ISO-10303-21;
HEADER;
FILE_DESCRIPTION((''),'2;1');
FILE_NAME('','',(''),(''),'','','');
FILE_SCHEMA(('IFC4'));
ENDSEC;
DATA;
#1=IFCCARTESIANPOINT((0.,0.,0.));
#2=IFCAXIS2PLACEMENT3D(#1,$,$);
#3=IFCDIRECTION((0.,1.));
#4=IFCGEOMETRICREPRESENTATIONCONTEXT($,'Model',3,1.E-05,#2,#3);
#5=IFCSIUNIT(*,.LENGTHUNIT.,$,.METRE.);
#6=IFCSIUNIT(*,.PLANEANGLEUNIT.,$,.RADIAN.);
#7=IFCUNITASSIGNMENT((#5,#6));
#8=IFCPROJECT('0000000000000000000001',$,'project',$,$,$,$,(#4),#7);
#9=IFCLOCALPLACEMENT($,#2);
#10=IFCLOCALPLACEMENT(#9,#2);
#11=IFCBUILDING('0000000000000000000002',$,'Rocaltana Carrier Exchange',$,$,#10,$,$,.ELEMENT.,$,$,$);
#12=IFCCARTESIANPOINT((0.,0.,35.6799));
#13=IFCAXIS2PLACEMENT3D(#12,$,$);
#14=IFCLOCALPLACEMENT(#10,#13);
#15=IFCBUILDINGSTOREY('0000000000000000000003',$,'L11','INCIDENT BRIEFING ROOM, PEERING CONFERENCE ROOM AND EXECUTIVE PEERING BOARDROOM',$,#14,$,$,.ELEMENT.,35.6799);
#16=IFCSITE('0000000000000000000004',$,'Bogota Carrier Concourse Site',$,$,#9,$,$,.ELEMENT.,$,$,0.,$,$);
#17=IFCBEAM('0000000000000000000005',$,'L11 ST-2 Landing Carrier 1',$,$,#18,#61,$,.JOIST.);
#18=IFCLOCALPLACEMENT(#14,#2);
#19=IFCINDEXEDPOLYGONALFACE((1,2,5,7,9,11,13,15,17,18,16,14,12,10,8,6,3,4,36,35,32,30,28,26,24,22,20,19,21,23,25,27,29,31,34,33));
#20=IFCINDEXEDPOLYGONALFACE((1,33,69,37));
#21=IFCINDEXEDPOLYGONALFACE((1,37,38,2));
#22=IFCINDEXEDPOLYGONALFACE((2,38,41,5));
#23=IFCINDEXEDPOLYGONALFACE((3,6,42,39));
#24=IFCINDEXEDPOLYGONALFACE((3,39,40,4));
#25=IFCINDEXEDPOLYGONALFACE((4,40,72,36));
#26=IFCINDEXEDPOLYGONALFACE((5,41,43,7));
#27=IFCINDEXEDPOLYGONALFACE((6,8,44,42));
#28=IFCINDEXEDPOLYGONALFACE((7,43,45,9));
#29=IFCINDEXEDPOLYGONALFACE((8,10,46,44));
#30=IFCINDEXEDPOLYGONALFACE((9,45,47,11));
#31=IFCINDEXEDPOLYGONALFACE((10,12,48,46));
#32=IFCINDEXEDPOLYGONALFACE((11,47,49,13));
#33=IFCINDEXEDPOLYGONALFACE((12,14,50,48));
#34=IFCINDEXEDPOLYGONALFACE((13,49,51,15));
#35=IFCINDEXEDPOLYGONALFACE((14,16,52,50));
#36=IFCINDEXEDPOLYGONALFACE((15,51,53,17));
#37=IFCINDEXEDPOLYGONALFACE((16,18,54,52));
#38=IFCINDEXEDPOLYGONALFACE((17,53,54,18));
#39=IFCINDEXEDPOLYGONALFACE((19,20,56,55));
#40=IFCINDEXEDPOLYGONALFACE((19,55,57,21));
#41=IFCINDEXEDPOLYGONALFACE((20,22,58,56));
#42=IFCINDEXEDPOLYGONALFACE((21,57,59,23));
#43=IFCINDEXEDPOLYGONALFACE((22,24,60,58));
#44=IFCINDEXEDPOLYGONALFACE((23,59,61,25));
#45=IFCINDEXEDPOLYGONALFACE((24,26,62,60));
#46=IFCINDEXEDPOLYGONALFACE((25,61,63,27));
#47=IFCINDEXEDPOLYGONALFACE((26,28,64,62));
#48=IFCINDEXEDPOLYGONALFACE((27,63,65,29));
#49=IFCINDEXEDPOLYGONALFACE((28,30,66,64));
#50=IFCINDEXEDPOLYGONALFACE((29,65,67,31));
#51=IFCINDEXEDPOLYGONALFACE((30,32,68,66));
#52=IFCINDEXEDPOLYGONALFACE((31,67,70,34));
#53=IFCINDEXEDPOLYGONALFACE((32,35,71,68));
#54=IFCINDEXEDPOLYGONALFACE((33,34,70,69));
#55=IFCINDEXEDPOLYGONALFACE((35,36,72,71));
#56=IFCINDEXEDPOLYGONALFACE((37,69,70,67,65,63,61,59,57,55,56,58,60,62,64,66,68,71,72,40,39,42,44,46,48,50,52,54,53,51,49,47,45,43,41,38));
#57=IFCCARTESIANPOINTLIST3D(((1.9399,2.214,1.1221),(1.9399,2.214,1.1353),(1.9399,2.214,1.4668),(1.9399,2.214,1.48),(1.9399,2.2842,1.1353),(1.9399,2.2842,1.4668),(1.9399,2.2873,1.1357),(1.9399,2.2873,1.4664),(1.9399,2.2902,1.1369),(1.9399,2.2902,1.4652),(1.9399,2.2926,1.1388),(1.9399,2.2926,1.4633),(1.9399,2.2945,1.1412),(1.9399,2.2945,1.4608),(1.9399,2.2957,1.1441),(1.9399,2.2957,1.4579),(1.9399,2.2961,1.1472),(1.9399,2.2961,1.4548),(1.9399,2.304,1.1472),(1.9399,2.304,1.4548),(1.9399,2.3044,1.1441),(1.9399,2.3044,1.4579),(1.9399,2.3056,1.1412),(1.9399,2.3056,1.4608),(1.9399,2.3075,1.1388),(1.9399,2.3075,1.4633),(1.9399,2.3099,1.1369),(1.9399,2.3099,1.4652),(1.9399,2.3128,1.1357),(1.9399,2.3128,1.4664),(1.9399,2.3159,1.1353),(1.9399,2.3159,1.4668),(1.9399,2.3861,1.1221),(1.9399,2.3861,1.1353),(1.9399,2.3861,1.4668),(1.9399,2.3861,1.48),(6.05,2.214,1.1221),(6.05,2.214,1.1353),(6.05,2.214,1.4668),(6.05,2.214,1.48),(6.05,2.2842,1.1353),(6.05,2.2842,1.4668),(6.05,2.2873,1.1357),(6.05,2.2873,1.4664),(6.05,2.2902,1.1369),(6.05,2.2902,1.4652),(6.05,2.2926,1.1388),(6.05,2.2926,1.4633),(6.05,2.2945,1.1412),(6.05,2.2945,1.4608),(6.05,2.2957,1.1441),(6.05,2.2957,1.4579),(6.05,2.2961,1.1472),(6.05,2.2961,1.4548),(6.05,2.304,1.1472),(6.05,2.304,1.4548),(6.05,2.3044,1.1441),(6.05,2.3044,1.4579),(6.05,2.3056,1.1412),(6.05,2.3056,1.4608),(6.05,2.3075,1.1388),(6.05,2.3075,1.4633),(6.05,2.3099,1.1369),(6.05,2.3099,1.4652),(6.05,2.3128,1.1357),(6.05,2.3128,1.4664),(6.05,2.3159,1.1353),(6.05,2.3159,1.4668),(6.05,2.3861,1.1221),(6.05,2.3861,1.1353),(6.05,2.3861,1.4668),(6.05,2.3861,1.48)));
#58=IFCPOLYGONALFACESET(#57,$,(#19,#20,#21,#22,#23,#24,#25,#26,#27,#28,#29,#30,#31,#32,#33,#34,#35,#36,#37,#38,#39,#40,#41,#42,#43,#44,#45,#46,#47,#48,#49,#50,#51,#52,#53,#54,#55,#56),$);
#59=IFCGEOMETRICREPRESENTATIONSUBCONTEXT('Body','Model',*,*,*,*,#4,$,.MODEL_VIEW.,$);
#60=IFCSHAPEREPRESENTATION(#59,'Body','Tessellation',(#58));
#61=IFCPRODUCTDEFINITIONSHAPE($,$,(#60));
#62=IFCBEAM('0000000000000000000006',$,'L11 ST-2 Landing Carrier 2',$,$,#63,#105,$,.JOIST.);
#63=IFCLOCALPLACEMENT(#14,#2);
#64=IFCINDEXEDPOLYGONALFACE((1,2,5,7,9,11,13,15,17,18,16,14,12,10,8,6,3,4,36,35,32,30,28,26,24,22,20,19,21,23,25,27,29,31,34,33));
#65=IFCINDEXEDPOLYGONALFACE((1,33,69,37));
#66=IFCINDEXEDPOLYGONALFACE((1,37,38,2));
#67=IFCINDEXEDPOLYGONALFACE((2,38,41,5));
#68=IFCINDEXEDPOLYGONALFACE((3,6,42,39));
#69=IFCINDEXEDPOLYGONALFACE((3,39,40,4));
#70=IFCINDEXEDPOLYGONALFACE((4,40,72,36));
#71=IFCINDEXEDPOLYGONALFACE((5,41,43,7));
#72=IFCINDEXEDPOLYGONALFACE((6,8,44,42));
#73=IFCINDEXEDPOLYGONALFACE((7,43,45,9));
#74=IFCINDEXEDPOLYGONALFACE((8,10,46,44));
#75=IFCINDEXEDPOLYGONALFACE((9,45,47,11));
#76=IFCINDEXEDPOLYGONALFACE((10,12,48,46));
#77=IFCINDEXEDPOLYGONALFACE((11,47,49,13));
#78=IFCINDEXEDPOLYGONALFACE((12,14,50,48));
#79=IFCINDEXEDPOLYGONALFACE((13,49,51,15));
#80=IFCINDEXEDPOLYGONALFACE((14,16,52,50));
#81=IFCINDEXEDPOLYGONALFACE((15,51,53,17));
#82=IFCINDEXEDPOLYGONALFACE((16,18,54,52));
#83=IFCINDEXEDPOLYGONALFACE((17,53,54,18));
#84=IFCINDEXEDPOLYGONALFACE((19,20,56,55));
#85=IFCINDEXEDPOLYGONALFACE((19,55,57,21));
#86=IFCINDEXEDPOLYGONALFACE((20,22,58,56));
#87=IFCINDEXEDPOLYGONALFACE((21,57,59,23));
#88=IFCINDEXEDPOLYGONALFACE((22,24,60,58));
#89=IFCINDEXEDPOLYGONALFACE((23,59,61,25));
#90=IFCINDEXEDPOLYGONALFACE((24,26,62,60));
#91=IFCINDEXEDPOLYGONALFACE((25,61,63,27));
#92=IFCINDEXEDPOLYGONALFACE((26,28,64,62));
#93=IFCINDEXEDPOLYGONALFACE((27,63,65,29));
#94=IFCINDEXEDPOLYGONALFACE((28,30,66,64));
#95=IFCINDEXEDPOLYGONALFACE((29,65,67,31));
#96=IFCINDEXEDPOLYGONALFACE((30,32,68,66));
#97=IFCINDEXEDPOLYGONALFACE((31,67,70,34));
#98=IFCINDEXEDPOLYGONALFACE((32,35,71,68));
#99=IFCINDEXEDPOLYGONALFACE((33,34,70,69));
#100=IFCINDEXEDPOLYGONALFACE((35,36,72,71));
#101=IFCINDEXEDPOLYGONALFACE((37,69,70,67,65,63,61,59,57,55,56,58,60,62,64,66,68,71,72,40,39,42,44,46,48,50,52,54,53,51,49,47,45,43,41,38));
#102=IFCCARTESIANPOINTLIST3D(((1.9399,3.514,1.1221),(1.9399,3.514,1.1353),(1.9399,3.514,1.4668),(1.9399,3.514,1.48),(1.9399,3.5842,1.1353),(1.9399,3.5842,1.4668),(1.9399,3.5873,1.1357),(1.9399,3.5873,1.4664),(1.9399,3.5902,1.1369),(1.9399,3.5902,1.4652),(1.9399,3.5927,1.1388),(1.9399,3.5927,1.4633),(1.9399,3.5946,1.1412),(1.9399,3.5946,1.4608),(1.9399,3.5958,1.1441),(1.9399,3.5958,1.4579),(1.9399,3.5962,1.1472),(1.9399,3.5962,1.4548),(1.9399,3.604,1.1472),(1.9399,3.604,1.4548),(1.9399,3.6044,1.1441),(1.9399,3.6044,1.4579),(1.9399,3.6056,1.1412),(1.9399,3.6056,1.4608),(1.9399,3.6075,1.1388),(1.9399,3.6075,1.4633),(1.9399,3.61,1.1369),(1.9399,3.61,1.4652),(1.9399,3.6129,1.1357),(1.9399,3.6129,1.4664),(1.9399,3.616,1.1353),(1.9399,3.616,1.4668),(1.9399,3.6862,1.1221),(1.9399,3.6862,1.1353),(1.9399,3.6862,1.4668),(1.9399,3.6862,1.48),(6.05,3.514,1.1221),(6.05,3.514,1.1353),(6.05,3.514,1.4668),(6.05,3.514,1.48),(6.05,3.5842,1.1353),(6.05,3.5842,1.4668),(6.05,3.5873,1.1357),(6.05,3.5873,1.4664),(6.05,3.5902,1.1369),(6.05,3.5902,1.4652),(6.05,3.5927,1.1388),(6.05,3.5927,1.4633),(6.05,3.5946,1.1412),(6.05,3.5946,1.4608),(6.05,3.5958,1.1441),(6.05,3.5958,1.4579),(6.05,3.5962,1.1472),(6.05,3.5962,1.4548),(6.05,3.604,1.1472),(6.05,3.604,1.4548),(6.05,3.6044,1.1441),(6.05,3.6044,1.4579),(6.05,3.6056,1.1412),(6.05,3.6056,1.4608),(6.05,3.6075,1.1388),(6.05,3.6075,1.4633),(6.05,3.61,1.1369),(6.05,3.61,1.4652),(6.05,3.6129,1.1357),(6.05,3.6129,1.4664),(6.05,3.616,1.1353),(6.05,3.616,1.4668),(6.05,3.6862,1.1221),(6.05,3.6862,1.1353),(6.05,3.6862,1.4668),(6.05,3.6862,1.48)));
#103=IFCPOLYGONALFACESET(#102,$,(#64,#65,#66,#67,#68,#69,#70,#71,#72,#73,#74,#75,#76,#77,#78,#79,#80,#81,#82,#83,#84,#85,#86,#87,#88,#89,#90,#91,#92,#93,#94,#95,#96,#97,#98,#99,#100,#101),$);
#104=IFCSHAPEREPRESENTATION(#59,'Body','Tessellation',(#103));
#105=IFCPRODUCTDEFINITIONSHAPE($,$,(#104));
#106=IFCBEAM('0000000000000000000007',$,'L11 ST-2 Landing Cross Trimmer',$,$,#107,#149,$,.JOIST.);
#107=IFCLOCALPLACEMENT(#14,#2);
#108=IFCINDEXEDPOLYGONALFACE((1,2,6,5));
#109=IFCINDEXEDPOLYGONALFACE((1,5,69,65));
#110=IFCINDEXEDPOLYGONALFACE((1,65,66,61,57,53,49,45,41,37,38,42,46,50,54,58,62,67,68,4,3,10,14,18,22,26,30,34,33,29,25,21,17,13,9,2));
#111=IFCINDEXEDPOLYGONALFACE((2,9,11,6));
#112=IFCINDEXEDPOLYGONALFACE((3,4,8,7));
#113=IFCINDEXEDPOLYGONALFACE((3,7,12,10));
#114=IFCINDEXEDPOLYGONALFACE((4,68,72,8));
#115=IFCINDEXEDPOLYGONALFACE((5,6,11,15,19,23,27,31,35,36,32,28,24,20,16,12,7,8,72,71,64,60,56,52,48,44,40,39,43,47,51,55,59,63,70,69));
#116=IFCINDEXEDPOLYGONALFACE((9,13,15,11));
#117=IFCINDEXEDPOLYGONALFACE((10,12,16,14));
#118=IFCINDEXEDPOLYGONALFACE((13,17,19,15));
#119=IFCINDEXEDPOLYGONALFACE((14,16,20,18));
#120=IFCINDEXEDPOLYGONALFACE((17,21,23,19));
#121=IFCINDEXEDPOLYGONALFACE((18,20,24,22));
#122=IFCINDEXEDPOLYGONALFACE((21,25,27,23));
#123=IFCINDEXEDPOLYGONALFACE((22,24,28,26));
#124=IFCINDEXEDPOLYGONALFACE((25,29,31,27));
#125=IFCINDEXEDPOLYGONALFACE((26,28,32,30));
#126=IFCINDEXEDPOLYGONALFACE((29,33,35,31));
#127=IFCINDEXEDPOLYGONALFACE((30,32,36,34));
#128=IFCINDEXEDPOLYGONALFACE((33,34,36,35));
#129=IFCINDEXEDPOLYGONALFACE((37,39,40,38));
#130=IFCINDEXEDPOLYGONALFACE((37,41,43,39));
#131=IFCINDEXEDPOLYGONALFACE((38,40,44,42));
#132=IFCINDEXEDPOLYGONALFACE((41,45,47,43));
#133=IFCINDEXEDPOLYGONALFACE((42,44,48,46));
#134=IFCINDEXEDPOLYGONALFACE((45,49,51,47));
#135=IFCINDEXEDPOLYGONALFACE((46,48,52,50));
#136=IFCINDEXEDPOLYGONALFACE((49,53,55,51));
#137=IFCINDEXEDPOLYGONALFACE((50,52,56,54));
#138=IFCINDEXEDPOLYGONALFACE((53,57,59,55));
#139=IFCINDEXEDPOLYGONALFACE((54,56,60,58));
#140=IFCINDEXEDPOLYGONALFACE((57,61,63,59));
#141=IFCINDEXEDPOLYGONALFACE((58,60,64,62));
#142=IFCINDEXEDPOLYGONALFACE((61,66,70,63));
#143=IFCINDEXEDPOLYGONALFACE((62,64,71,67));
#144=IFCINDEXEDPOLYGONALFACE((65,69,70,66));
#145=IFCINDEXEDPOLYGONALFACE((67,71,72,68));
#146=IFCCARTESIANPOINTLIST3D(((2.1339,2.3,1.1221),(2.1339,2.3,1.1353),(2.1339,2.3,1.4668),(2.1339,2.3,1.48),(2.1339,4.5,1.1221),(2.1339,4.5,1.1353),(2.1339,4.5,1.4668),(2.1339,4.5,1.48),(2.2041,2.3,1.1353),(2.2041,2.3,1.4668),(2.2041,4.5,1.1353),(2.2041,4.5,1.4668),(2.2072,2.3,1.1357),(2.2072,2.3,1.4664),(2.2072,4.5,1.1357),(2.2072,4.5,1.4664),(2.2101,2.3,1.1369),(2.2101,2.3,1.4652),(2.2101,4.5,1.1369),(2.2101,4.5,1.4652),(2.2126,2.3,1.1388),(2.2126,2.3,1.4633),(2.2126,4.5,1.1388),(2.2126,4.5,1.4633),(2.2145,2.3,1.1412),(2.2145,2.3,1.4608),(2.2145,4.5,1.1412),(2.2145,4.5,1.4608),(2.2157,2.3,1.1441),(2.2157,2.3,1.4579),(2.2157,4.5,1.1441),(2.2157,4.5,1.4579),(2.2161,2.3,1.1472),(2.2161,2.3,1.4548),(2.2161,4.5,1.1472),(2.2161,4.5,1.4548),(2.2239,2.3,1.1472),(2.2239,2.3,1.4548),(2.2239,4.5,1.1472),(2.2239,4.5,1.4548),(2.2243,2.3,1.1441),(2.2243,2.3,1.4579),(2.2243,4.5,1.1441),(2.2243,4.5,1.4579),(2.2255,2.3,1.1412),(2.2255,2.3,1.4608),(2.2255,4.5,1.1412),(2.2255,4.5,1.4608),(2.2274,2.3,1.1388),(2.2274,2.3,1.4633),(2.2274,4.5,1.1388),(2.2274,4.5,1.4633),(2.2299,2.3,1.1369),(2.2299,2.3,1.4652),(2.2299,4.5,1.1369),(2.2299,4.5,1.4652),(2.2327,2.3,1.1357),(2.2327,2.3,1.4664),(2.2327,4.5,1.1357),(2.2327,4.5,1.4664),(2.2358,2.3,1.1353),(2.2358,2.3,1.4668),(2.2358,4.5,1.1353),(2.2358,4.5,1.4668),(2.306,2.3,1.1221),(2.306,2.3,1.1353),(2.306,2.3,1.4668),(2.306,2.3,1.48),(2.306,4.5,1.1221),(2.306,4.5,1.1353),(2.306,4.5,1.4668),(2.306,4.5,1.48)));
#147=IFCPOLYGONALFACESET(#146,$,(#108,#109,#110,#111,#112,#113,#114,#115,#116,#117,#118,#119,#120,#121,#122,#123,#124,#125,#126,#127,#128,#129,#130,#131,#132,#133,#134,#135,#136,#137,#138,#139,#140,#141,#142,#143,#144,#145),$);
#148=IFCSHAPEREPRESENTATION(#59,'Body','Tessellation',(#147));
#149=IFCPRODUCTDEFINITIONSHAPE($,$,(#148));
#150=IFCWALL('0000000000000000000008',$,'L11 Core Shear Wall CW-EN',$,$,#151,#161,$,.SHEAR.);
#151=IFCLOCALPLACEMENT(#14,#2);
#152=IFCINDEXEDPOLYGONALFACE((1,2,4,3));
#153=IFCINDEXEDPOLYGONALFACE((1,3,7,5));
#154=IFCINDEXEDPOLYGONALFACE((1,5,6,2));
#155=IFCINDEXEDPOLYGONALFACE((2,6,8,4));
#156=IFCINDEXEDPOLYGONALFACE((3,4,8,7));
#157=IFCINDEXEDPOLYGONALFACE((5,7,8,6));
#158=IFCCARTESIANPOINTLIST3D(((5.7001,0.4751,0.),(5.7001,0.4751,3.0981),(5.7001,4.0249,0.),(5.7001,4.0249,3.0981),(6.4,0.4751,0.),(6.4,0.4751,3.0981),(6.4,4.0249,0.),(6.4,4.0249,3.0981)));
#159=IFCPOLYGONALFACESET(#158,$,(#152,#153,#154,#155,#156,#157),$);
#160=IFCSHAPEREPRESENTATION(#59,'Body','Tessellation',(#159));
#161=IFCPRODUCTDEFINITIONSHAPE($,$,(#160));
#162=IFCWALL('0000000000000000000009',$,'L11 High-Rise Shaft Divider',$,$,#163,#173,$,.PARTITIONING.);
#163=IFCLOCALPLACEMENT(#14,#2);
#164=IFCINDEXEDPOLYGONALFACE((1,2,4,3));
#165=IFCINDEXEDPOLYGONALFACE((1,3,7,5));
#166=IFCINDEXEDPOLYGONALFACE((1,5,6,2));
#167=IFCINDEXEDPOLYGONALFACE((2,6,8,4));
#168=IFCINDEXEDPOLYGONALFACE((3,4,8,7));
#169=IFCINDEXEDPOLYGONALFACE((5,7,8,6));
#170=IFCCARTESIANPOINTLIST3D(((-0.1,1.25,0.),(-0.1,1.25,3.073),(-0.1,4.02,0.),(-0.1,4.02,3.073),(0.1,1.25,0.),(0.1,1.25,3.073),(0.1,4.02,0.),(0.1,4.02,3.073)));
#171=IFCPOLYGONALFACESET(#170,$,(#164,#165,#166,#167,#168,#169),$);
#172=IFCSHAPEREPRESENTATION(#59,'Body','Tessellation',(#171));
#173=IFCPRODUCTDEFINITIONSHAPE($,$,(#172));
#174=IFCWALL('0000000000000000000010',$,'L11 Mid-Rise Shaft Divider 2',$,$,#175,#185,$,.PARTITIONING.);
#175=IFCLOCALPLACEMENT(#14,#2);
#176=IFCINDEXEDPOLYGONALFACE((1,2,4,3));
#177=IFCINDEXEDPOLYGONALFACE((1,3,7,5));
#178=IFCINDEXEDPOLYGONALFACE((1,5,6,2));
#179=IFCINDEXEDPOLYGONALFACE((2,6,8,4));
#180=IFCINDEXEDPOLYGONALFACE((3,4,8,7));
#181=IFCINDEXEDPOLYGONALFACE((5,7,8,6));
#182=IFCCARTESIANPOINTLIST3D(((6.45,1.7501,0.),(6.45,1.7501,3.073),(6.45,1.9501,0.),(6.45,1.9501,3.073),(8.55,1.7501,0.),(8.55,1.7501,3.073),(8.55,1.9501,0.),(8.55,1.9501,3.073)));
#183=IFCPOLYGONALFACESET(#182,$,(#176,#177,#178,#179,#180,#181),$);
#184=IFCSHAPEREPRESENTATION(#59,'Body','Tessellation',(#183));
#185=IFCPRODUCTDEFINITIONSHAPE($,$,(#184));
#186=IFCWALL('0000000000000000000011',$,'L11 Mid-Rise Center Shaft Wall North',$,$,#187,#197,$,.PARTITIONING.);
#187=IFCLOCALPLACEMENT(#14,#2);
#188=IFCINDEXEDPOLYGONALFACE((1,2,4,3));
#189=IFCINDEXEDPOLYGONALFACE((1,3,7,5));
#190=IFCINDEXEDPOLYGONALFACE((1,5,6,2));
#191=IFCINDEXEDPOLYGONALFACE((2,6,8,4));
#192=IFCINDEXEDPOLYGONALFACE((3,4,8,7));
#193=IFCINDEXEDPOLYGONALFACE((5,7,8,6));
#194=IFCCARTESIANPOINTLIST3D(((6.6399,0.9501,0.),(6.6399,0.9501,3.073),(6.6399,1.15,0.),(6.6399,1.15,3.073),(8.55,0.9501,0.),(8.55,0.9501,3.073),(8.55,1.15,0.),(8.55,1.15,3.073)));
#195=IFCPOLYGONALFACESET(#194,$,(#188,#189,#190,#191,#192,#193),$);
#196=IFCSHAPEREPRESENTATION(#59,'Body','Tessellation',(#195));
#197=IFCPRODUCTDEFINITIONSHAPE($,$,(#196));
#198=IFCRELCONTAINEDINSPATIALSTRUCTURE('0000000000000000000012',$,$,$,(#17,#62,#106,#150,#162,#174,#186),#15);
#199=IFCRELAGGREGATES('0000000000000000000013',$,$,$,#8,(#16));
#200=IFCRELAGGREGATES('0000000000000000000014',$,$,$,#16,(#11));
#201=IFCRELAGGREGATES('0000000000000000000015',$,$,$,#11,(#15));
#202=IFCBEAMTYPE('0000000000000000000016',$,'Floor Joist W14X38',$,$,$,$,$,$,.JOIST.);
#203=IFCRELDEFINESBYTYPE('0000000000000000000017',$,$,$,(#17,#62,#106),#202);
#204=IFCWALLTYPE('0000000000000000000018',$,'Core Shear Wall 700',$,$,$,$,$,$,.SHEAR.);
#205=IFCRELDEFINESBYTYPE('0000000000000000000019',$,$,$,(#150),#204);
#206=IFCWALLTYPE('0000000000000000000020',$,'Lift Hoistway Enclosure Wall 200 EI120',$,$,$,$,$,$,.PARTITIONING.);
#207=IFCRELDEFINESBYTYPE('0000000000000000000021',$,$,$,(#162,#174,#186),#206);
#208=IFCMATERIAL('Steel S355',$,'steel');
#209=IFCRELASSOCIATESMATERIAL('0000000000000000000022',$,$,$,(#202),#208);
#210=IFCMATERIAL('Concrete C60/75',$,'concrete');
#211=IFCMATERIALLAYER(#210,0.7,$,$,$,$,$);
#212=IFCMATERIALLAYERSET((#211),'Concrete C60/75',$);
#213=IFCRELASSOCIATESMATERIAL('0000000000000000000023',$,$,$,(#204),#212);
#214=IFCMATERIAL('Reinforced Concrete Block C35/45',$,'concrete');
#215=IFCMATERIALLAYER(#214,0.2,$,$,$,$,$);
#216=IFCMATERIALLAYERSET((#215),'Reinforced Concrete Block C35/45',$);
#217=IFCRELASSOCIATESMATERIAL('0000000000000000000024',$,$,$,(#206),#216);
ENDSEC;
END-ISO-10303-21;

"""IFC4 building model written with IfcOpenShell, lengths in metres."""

from ifc_helpers import new_model, si_unit, direction, frame, frame_2d, origin, origin_2d, place, context, subcontext, project, spatial, rectangle, i_section, extrude, material, layer, layer_set, material_profile, profile_set, type_object, element, save


model = new_model("IFC4")

# Units and contexts
model_context = context("Model", 3, precision=1e-05, world=origin(), true_north=direction((0.0, 1.0)))
body_context = subcontext(model_context, "Body", "Model", "MODEL_VIEW")
ifc_project = project(units=[si_unit("LENGTHUNIT", "METRE"), si_unit("PLANEANGLEUNIT", "RADIAN")], contexts=[model_context])

# Site, building, storey
site_placement = place(None, origin())
site = spatial("IfcSite", under=ifc_project, at=site_placement, Name="Bogota Carrier Concourse Site", CompositionType="ELEMENT", RefElevation=0.0)
building_placement = place(site_placement, origin())
building = spatial("IfcBuilding", under=site, at=building_placement, Name="Rocaltana Carrier Exchange", CompositionType="ELEMENT")
storey_placement = place(building_placement, frame((0.0, 0.0, 35.6799)))
storey = spatial("IfcBuildingStorey", under=building, at=storey_placement, Name="L11", Description="INCIDENT BRIEFING ROOM, PEERING CONFERENCE ROOM AND EXECUTIVE PEERING BOARDROOM", CompositionType="ELEMENT", Elevation=35.6799)

# Beams
ifc_material_1 = material(Name="Steel S355", Category="steel")
ifc_material_profile = material_profile(ifc_material_1, i_section(OverallWidth=0.1721, OverallDepth=0.3579, WebThickness=0.0078, FlangeThickness=0.0132, FilletRadius=0.012, at=origin_2d()), Name="W14X38")
ifc_profile_set = profile_set([ifc_material_profile], Name="Steel S355")
beam_type = type_object("IfcBeamType", Name="Floor Joist W14X38", PredefinedType="JOIST", material=ifc_profile_set)
for number, where, z_axis, x_axis, name in (
    (1, (1.9399, 2.3, 1.301), (1.0, 0.0, 0.0), (0.0, 1.0, 0.0), "L11 ST-2 Landing Carrier 1"),
    (2, (1.9399, 3.6001, 1.301), (1.0, 0.0, 0.0), (0.0, 1.0, 0.0), "L11 ST-2 Landing Carrier 2"),
):
    element("IfcBeam", number, at=place(storey_placement, frame(where, z_axis=z_axis, x_axis=x_axis)), inside=storey, type_object=beam_type, Name=name, PredefinedType="JOIST", context=body_context, shape_type="SweptSolid", body=[
        extrude(i_section(OverallWidth=0.1721, OverallDepth=0.3579, WebThickness=0.0078, FlangeThickness=0.0132, FilletRadius=0.012, at=origin_2d()), origin(), (0.0, 0.0, 1.0), 4.1101),
    ])
beam_placement = place(storey_placement, frame((2.22, 2.3, 1.301), z_axis=(0.0, 1.0, 0.0), x_axis=(-1.0, 0.0, 0.0)))
element("IfcBeam", 3, at=beam_placement, inside=storey, type_object=beam_type, Name="L11 ST-2 Landing Cross Trimmer", PredefinedType="JOIST", context=body_context, shape_type="SweptSolid", body=[
    extrude(i_section(OverallWidth=0.1721, OverallDepth=0.3579, WebThickness=0.0078, FlangeThickness=0.0132, FilletRadius=0.012, at=origin_2d()), origin(), (0.0, 0.0, 1.0), 2.2),
])

# Walls
ifc_material_2 = material(Name="Concrete C60/75", Category="concrete")
ifc_layer_1 = layer(ifc_material_2, 0.7)
ifc_layer_set_1 = layer_set([ifc_layer_1], Name="Concrete C60/75")
wall_type_1 = type_object("IfcWallType", Name="Core Shear Wall 700", PredefinedType="SHEAR", material=ifc_layer_set_1)
wall_1_placement = place(storey_placement, frame((6.05, 0.4751, 0.0), z_axis=(0.0, 0.0, 1.0), x_axis=(0.0, 1.0, 0.0)))
element("IfcWall", 4, at=wall_1_placement, inside=storey, type_object=wall_type_1, Name="L11 Core Shear Wall CW-EN", PredefinedType="SHEAR", context=body_context, shape_type="SweptSolid", body=[
    extrude(rectangle(XDim=3.5498, YDim=0.7, at=frame_2d((1.7749, 0.0))), origin(), (0.0, 0.0, 1.0), 3.0981),
])
ifc_material_3 = material(Name="Reinforced Concrete Block C35/45", Category="concrete")
ifc_layer_2 = layer(ifc_material_3, 0.2)
ifc_layer_set_2 = layer_set([ifc_layer_2], Name="Reinforced Concrete Block C35/45")
wall_type_2 = type_object("IfcWallType", Name="Lift Hoistway Enclosure Wall 200 EI120", PredefinedType="PARTITIONING", material=ifc_layer_set_2)
wall_2_placement = place(storey_placement, frame((0.0, 1.25, 0.0), z_axis=(0.0, 0.0, 1.0), x_axis=(0.0, 1.0, 0.0)))
element("IfcWall", 5, at=wall_2_placement, inside=storey, type_object=wall_type_2, Name="L11 High-Rise Shaft Divider", PredefinedType="PARTITIONING", context=body_context, shape_type="SweptSolid", body=[
    extrude(rectangle(XDim=2.77, YDim=0.2, at=frame_2d((1.385, 0.0))), origin(), (0.0, 0.0, 1.0), 3.073),
])
wall_3_placement = place(storey_placement, frame((6.45, 1.8501, 0.0), z_axis=(0.0, 0.0, 1.0), x_axis=(1.0, 0.0, 0.0)))
element("IfcWall", 6, at=wall_3_placement, inside=storey, type_object=wall_type_2, Name="L11 Mid-Rise Shaft Divider 2", PredefinedType="PARTITIONING", context=body_context, shape_type="SweptSolid", body=[
    extrude(rectangle(XDim=2.1001, YDim=0.2, at=frame_2d((1.05, 0.0))), origin(), (0.0, 0.0, 1.0), 3.073),
])
wall_4_placement = place(storey_placement, frame((6.6399, 1.05, 0.0), z_axis=(0.0, 0.0, 1.0), x_axis=(1.0, 0.0, 0.0)))
element("IfcWall", 7, at=wall_4_placement, inside=storey, type_object=wall_type_2, Name="L11 Mid-Rise Center Shaft Wall North", PredefinedType="PARTITIONING", context=body_context, shape_type="SweptSolid", body=[
    extrude(rectangle(XDim=1.9102, YDim=0.2, at=frame_2d((0.9551, 0.0))), origin(), (0.0, 0.0, 1.0), 3.073),
])

save(model, "model.ifc")
